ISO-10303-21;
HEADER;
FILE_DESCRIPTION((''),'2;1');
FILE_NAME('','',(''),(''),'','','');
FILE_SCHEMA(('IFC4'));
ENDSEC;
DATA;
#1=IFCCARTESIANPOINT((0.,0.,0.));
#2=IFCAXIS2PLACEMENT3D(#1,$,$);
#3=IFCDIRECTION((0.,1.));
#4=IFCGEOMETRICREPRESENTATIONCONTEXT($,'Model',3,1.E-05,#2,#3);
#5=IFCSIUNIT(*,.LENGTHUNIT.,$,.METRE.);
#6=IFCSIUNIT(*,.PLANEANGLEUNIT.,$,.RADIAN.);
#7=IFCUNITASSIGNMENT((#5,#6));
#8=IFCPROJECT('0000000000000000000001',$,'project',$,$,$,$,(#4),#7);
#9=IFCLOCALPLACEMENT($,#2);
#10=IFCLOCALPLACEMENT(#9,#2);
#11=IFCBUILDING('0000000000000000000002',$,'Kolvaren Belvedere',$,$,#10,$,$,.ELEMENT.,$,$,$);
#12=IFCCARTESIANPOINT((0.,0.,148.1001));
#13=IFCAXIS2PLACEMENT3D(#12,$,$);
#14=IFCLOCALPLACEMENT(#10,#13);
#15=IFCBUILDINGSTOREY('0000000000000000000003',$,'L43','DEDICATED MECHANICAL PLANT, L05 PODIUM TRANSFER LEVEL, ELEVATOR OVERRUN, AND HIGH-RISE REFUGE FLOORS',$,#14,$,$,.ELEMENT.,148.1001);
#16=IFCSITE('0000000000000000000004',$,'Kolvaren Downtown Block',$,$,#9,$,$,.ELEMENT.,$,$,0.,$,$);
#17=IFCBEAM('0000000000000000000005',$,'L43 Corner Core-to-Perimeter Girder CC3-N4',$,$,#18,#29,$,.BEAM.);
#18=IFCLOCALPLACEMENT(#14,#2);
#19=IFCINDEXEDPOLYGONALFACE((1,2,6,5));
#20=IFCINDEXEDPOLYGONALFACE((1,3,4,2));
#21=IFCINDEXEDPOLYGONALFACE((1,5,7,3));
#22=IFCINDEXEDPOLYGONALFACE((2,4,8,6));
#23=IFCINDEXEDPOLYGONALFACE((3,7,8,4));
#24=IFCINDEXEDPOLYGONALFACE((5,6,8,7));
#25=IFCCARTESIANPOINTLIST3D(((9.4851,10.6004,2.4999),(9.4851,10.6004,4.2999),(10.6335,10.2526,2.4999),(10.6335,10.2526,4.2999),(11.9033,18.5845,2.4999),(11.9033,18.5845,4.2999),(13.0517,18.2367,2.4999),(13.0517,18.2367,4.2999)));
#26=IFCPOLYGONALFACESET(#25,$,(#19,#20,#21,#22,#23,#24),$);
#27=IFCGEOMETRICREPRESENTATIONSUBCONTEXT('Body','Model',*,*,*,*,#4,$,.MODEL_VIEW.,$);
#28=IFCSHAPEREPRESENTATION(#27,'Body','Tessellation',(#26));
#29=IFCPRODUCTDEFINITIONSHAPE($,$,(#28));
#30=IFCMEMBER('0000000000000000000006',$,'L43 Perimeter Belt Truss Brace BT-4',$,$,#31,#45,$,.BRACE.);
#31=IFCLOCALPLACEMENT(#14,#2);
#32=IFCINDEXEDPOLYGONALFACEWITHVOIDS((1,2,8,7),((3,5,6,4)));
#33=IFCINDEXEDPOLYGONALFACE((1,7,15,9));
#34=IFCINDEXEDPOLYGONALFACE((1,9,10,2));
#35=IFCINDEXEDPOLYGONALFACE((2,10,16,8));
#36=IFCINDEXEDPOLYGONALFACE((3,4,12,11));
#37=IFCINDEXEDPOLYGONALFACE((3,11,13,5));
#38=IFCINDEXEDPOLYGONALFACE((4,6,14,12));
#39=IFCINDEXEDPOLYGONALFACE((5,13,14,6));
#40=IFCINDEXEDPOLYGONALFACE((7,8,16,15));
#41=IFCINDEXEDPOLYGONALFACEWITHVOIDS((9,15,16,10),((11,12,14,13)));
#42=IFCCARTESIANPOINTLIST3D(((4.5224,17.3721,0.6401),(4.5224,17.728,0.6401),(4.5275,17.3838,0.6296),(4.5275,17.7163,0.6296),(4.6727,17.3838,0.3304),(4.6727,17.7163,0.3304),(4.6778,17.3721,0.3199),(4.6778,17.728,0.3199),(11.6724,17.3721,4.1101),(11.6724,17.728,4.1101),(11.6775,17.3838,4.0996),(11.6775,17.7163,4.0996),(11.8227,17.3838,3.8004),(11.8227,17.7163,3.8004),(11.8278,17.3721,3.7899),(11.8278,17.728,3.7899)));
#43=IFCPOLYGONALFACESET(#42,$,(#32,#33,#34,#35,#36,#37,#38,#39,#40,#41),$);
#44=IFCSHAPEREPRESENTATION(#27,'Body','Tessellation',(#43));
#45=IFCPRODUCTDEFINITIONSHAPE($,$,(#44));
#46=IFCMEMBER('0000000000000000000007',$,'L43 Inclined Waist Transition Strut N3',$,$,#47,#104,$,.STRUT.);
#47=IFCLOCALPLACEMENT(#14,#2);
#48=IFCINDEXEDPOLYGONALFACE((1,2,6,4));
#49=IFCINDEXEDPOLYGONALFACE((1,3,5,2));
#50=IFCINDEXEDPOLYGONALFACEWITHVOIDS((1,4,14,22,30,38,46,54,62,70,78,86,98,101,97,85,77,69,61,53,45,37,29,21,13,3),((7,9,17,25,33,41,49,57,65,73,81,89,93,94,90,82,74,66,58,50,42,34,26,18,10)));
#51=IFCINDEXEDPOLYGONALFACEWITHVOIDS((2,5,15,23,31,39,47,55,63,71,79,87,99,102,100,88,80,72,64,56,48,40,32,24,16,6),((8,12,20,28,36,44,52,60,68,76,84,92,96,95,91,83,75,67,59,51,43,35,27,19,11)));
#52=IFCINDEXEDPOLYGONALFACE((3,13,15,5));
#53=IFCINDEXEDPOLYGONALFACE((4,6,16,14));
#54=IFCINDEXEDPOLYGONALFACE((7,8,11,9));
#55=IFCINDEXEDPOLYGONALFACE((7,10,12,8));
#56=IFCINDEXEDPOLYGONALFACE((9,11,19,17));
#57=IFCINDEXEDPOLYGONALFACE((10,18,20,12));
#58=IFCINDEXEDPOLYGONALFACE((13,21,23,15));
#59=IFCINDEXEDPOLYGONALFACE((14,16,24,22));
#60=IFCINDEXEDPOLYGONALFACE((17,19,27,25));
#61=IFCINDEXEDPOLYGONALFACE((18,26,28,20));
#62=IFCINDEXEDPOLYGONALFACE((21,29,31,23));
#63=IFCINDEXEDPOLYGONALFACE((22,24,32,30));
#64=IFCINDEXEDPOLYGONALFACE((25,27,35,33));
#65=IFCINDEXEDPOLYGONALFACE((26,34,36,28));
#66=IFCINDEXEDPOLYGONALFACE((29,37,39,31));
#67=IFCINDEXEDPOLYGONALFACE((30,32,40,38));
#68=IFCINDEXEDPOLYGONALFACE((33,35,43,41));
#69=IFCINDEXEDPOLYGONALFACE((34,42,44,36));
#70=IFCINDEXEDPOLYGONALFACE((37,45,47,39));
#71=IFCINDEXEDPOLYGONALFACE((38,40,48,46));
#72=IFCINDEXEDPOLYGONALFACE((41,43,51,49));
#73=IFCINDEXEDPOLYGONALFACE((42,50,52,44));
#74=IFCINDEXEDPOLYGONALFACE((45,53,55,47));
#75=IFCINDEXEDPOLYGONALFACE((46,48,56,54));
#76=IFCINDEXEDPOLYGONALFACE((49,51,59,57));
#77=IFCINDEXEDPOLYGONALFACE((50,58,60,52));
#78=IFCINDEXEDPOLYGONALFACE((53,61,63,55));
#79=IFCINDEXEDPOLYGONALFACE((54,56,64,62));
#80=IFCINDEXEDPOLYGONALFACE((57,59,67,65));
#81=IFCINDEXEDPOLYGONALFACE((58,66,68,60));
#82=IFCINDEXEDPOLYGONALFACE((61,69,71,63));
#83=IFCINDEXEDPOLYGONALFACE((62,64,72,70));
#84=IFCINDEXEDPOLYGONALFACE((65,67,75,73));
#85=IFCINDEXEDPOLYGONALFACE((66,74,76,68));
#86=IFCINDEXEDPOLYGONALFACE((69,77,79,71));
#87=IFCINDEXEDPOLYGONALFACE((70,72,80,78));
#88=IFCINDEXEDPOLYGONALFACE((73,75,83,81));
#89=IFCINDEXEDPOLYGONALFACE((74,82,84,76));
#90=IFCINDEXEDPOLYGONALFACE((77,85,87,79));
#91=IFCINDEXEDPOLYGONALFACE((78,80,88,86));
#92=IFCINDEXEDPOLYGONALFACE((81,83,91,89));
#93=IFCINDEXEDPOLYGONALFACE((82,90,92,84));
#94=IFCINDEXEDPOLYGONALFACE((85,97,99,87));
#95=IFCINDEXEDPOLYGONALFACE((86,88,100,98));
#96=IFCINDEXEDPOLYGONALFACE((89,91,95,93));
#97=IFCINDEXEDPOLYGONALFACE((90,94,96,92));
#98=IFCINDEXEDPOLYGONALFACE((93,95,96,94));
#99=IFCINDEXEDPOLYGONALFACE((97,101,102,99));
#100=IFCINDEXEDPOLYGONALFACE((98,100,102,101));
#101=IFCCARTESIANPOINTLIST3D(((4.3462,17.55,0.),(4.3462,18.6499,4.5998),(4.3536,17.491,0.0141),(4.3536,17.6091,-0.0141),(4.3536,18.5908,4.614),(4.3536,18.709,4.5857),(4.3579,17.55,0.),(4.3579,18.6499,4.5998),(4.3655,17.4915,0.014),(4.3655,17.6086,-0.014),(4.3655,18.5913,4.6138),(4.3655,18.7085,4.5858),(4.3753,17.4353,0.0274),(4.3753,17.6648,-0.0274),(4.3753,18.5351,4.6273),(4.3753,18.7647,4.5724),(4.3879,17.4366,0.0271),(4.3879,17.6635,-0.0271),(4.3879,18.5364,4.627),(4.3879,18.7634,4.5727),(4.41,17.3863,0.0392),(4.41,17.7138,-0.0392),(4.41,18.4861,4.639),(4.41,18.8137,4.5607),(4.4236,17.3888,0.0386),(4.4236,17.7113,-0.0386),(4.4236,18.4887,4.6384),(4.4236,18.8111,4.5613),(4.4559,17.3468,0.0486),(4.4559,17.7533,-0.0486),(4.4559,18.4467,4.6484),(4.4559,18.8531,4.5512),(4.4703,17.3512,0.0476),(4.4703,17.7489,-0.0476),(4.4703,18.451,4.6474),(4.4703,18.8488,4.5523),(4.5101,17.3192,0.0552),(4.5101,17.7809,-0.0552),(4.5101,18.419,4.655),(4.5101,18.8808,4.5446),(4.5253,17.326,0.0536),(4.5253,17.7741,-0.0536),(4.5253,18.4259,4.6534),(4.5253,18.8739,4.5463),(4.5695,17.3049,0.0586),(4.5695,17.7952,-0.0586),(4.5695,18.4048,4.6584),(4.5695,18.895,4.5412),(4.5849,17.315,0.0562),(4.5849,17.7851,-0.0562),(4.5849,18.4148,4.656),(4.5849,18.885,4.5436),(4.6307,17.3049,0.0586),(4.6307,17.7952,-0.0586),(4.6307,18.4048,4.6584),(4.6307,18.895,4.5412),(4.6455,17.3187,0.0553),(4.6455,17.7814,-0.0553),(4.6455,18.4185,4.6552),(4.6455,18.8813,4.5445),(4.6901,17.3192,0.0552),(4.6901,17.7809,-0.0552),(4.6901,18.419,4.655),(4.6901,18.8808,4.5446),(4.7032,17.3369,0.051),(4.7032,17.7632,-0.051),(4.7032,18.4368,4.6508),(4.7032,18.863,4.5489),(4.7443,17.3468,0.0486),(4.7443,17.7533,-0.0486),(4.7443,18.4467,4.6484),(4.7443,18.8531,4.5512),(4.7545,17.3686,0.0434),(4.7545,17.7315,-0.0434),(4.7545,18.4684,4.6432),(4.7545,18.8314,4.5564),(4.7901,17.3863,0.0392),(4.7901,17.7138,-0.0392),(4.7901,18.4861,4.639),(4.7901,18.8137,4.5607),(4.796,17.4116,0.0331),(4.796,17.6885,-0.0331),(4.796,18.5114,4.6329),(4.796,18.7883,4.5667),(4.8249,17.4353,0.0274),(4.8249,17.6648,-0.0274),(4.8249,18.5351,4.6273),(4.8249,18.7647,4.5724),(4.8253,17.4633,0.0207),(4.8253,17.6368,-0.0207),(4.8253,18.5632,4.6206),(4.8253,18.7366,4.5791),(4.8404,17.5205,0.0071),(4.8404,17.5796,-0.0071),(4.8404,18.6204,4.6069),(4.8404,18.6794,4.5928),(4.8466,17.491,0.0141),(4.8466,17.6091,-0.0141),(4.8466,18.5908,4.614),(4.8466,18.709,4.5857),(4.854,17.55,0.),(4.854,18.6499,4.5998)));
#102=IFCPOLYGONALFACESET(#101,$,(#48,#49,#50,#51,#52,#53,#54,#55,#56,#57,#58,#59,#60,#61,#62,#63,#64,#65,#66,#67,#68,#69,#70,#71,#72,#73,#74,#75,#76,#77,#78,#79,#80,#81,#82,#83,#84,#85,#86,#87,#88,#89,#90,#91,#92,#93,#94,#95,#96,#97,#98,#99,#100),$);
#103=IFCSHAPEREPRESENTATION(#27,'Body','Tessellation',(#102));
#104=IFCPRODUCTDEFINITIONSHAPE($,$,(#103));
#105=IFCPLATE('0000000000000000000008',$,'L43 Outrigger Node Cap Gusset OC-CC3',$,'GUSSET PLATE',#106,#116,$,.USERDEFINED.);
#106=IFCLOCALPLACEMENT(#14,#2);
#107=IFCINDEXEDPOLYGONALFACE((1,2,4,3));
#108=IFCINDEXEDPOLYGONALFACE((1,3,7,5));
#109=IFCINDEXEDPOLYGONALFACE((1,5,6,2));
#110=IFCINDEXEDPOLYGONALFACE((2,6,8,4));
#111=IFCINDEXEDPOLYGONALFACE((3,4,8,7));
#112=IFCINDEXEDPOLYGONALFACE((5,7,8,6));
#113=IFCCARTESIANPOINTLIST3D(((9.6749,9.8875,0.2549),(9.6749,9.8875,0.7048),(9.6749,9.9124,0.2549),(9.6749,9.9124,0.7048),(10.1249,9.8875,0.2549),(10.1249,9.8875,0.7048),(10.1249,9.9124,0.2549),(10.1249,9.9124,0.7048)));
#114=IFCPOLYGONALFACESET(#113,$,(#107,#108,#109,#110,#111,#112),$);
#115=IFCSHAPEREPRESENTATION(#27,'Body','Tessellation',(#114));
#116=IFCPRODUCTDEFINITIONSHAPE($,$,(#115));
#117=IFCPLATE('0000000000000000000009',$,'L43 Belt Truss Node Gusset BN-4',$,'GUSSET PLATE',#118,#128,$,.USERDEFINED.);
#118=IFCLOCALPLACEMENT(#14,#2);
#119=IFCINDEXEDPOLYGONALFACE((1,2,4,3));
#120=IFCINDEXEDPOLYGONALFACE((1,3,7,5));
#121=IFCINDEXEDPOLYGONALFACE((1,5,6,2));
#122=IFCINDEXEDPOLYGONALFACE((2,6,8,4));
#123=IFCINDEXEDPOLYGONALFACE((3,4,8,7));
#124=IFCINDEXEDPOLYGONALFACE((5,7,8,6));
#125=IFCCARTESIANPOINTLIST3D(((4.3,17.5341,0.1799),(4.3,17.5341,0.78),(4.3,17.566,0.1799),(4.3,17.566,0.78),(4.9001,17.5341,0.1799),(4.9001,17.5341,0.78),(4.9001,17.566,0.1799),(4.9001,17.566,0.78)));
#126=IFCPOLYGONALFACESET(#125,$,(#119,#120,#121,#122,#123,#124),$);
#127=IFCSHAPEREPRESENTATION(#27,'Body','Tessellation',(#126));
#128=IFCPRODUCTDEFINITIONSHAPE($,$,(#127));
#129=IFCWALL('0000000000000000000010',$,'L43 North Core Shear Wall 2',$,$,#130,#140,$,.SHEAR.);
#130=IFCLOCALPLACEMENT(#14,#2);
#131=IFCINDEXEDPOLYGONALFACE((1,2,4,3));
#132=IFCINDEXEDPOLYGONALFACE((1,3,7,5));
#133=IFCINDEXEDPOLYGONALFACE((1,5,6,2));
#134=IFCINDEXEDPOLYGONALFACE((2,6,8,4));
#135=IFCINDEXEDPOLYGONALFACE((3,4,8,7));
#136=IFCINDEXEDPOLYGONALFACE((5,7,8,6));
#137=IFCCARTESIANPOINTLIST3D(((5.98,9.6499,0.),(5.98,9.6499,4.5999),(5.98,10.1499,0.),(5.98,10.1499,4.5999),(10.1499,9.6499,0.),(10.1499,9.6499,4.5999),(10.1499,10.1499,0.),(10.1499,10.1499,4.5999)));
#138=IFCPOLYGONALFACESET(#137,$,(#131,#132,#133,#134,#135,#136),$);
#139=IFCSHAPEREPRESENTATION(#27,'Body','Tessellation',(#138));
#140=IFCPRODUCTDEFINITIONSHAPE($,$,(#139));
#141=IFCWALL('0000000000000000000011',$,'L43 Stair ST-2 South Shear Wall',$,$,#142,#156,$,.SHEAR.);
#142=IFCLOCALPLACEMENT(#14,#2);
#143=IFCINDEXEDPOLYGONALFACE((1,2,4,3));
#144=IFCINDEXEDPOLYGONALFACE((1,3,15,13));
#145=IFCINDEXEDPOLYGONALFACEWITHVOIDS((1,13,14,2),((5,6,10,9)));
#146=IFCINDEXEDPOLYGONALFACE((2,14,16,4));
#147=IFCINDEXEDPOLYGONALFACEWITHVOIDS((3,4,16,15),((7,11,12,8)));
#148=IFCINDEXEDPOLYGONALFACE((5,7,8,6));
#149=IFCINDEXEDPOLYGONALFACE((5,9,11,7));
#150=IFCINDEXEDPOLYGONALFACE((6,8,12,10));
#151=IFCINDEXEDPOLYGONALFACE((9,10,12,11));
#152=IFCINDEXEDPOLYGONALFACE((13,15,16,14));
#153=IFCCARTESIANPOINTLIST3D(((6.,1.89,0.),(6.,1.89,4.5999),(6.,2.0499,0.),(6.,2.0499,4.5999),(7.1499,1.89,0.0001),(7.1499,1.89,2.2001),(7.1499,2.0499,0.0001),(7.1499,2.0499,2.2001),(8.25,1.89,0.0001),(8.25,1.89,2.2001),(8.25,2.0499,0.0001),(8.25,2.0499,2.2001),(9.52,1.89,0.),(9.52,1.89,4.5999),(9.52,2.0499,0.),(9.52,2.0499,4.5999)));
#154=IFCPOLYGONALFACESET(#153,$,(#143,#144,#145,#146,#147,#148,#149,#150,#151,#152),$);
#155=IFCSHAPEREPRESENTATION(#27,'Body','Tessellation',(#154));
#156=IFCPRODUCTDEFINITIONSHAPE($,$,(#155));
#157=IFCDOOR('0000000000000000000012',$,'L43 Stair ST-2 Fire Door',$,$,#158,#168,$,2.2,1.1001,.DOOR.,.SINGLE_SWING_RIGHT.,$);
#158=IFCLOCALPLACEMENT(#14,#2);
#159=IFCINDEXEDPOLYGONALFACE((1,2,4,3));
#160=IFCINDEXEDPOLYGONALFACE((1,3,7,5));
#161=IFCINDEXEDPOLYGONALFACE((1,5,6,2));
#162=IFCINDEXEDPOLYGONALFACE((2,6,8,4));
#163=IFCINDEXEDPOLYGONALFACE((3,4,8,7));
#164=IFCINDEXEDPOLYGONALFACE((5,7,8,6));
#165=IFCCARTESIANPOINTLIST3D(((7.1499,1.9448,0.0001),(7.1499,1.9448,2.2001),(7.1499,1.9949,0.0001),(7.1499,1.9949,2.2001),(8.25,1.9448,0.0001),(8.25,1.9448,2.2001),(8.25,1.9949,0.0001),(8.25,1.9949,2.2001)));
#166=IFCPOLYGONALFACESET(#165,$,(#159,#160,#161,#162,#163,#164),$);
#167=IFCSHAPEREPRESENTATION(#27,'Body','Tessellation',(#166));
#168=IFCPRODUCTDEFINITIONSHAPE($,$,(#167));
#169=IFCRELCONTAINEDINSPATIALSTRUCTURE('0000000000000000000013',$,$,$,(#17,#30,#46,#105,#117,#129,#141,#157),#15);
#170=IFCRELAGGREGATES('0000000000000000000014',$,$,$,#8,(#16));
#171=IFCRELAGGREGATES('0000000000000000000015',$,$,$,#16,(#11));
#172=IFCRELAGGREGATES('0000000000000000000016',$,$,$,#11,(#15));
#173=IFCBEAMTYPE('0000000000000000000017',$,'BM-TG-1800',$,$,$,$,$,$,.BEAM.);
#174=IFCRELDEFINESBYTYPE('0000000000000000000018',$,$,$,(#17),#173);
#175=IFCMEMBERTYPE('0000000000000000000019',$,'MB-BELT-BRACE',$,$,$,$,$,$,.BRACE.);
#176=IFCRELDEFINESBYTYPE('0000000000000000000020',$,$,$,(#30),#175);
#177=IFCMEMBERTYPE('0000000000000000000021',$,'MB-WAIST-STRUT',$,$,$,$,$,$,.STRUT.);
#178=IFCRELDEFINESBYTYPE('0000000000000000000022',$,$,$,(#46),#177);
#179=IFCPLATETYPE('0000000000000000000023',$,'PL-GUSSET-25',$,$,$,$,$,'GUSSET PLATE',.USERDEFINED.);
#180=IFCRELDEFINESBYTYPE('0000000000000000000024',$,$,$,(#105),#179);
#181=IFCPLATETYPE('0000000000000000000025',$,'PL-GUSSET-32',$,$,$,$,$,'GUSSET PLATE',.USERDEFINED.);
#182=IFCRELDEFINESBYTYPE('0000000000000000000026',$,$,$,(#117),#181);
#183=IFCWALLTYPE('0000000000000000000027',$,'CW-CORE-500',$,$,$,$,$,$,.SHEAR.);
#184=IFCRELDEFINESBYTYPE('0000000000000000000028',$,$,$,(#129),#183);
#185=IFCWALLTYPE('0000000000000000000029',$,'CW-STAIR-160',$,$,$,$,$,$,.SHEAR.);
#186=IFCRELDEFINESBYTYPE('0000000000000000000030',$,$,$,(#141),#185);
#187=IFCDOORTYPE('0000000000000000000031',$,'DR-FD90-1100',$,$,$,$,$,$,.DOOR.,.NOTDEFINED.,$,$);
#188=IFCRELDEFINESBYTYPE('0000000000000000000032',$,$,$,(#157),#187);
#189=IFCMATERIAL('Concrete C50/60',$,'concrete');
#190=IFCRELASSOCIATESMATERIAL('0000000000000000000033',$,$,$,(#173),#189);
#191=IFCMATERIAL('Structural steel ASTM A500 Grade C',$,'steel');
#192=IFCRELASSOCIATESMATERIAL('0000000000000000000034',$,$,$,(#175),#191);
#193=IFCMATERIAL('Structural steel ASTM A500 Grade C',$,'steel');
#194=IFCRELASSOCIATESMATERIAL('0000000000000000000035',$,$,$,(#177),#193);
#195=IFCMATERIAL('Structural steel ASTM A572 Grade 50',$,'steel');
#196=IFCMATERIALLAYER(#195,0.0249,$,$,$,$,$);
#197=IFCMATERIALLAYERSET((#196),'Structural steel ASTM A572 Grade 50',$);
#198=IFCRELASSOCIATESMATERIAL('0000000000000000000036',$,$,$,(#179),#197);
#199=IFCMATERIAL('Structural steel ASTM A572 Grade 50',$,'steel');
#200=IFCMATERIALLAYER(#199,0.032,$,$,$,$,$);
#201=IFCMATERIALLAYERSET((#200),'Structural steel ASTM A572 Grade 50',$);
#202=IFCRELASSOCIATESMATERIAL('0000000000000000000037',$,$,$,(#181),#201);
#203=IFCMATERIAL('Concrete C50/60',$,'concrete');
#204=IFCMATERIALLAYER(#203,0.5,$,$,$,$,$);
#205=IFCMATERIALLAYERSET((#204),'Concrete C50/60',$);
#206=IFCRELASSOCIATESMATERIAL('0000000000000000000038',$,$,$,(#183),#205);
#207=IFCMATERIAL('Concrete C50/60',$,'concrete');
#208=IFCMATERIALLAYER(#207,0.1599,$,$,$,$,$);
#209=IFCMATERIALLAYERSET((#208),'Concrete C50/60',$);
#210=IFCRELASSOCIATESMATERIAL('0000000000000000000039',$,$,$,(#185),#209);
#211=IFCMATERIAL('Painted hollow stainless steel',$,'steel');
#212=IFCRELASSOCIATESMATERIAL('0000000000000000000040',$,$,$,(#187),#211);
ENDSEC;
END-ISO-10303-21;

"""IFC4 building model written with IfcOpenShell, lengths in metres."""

from ifc_helpers import new_model, si_unit, direction, frame, frame_2d, origin, origin_2d, place, context, subcontext, project, spatial, rectangle, hollow_rectangle, hollow_circle, extrude, material, layer, layer_set, material_profile, profile_set, type_object, element, fill, save


model = new_model("IFC4")

# Units and contexts
model_context = context("Model", 3, precision=1e-05, world=origin(), true_north=direction((0.0, 1.0)))
body_context = subcontext(model_context, "Body", "Model", "MODEL_VIEW")
ifc_project = project(units=[si_unit("LENGTHUNIT", "METRE"), si_unit("PLANEANGLEUNIT", "RADIAN")], contexts=[model_context])

# Site, building, storey
site_placement = place(None, origin())
site = spatial("IfcSite", under=ifc_project, at=site_placement, Name="Kolvaren Downtown Block", CompositionType="ELEMENT", RefElevation=0.0)
building_placement = place(site_placement, origin())
building = spatial("IfcBuilding", under=site, at=building_placement, Name="Kolvaren Belvedere", CompositionType="ELEMENT")
storey_placement = place(building_placement, frame((0.0, 0.0, 148.1001)))
storey = spatial("IfcBuildingStorey", under=building, at=storey_placement, Name="L43", Description="DEDICATED MECHANICAL PLANT, L05 PODIUM TRANSFER LEVEL, ELEVATOR OVERRUN, AND HIGH-RISE REFUGE FLOORS", CompositionType="ELEMENT", Elevation=148.1001)

# Beam
ifc_material_1 = material(Name="Concrete C50/60", Category="concrete")
ifc_material_profile_1 = material_profile(ifc_material_1, rectangle(XDim=1.2, YDim=1.8, at=origin_2d()), Name="RC 1200X1800")
ifc_profile_set_1 = profile_set([ifc_material_profile_1], Name="Concrete C50/60")
beam_type_1 = type_object("IfcBeamType", Name="BM-TG-1800", PredefinedType="BEAM", material=ifc_profile_set_1)
beam_1_placement = place(storey_placement, frame((10.0593, 10.4265, 3.3999), z_axis=(0.289873, 0.957065, 0.0), x_axis=(-0.957065, 0.289873, 0.0)))
element("IfcBeam", 1, at=beam_1_placement, inside=storey, type_object=beam_type_1, Name="L43 Corner Core-to-Perimeter Girder CC3-N4", PredefinedType="BEAM", context=body_context, shape_type="SweptSolid", body=[
    extrude(rectangle(XDim=1.2, YDim=1.8, at=origin_2d()), origin(), (0.0, 0.0, 1.0), 8.3423),
])

# Members
ifc_material_2 = material(Name="Structural steel ASTM A500 Grade C", Category="steel")
ifc_material_profile_2 = material_profile(ifc_material_2, hollow_rectangle(XDim=0.356, YDim=0.356, WallThickness=0.0117, at=origin_2d()), Name="HSS14X14X1/2")
ifc_profile_set_2 = profile_set([ifc_material_profile_2], Name="Structural steel ASTM A500 Grade C")
member_type_1 = type_object("IfcMemberType", Name="MB-BELT-BRACE", PredefinedType="BRACE", material=ifc_profile_set_2)
member_1_placement = place(storey_placement, frame((4.6001, 17.55, 0.48), z_axis=(0.899649, 0.0, 0.436615), x_axis=(0.0, 1.0, 0.0)))
element("IfcMember", 2, at=member_1_placement, inside=storey, type_object=member_type_1, Name="L43 Perimeter Belt Truss Brace BT-4", PredefinedType="BRACE", context=body_context, shape_type="SweptSolid", body=[
    extrude(hollow_rectangle(XDim=0.356, YDim=0.356, WallThickness=0.0117, at=origin_2d()), origin(), (0.0, 0.0, 1.0), 7.9475),
])
ifc_material_3 = material(Name="Structural steel ASTM A500 Grade C", Category="steel")
ifc_material_profile_3 = material_profile(ifc_material_3, hollow_circle(Radius=0.2539, WallThickness=0.0117, at=origin_2d()), Name="HSS20.000X0.500")
ifc_profile_set_3 = profile_set([ifc_material_profile_3], Name="Structural steel ASTM A500 Grade C")
member_type_2 = type_object("IfcMemberType", Name="MB-WAIST-STRUT", PredefinedType="STRUT", material=ifc_profile_set_3)
member_2_placement = place(storey_placement, frame((4.6001, 17.55, 0.0), z_axis=(0.0, 0.232551, 0.972584), x_axis=(-1.0, 0.0, 0.0)))
element("IfcMember", 3, at=member_2_placement, inside=storey, type_object=member_type_2, Name="L43 Inclined Waist Transition Strut N3", PredefinedType="STRUT", context=body_context, shape_type="SweptSolid", body=[
    extrude(hollow_circle(Radius=0.2539, WallThickness=0.0117, at=origin_2d()), origin(), (0.0, 0.0, 1.0), 4.7295),
])

# Plates
ifc_material_4 = material(Name="Structural steel ASTM A572 Grade 50", Category="steel")
ifc_layer_1 = layer(ifc_material_4, 0.0249)
ifc_layer_set_1 = layer_set([ifc_layer_1], Name="Structural steel ASTM A572 Grade 50")
plate_type_1 = type_object("IfcPlateType", Name="PL-GUSSET-25", ElementType="GUSSET PLATE", PredefinedType="USERDEFINED", material=ifc_layer_set_1)
plate_1_placement = place(storey_placement, frame((9.8999, 9.8999, 0.2549), z_axis=(0.0, 0.0, 1.0), x_axis=(1.0, 0.0, 0.0)))
element("IfcPlate", 4, at=plate_1_placement, inside=storey, type_object=plate_type_1, Name="L43 Outrigger Node Cap Gusset OC-CC3", ObjectType="GUSSET PLATE", PredefinedType="USERDEFINED", context=body_context, shape_type="SweptSolid", body=[
    extrude(rectangle(XDim=0.45, YDim=0.0249, at=origin_2d()), origin(), (0.0, 0.0, 1.0), 0.45),
])
ifc_material_5 = material(Name="Structural steel ASTM A572 Grade 50", Category="steel")
ifc_layer_2 = layer(ifc_material_5, 0.032)
ifc_layer_set_2 = layer_set([ifc_layer_2], Name="Structural steel ASTM A572 Grade 50")
plate_type_2 = type_object("IfcPlateType", Name="PL-GUSSET-32", ElementType="GUSSET PLATE", PredefinedType="USERDEFINED", material=ifc_layer_set_2)
plate_2_placement = place(storey_placement, frame((4.6001, 17.55, 0.1799), z_axis=(0.0, 0.0, 1.0), x_axis=(1.0, 0.0, 0.0)))
element("IfcPlate", 5, at=plate_2_placement, inside=storey, type_object=plate_type_2, Name="L43 Belt Truss Node Gusset BN-4", ObjectType="GUSSET PLATE", PredefinedType="USERDEFINED", context=body_context, shape_type="SweptSolid", body=[
    extrude(rectangle(XDim=0.6001, YDim=0.032, at=origin_2d()), origin(), (0.0, 0.0, 1.0), 0.6001),
])

# Wall
ifc_material_6 = material(Name="Concrete C50/60", Category="concrete")
ifc_layer_3 = layer(ifc_material_6, 0.5)
ifc_layer_set_3 = layer_set([ifc_layer_3], Name="Concrete C50/60")
wall_type_1 = type_object("IfcWallType", Name="CW-CORE-500", PredefinedType="SHEAR", material=ifc_layer_set_3)
wall_1_placement = place(storey_placement, frame((5.98, 9.8999, 0.0), z_axis=(0.0, 0.0, 1.0), x_axis=(1.0, 0.0, 0.0)))
element("IfcWall", 6, at=wall_1_placement, inside=storey, type_object=wall_type_1, Name="L43 North Core Shear Wall 2", PredefinedType="SHEAR", context=body_context, shape_type="SweptSolid", body=[
    extrude(rectangle(XDim=4.1699, YDim=0.5, at=frame_2d((2.085, 0.0))), origin(), (0.0, 0.0, 1.0), 4.5999),
])

# Wall, opening, door
ifc_material_7 = material(Name="Concrete C50/60", Category="concrete")
ifc_layer_4 = layer(ifc_material_7, 0.1599)
ifc_layer_set_4 = layer_set([ifc_layer_4], Name="Concrete C50/60")
wall_type_2 = type_object("IfcWallType", Name="CW-STAIR-160", PredefinedType="SHEAR", material=ifc_layer_set_4)
wall_2_placement = place(storey_placement, frame((6.0, 1.97, 0.0), z_axis=(0.0, 0.0, 1.0), x_axis=(1.0, 0.0, 0.0)))
wall_2 = element("IfcWall", 7, at=wall_2_placement, inside=storey, type_object=wall_type_2, Name="L43 Stair ST-2 South Shear Wall", PredefinedType="SHEAR", context=body_context, shape_type="SweptSolid", body=[
    extrude(rectangle(XDim=3.52, YDim=0.1599, at=frame_2d((1.76, 0.0))), origin(), (0.0, 0.0, 1.0), 4.5999),
])
opening_1_placement = place(wall_2_placement, frame((1.1499, 0.0, 0.0)))
opening_1 = element("IfcOpeningElement", 8, at=opening_1_placement, cuts=wall_2, PredefinedType="OPENING", context=body_context, shape_type="SweptSolid", body=[
    extrude(rectangle(XDim=1.1001, YDim=2.2, at=frame_2d((0.55, 1.1001))), frame((0.0, 0.0898, 0.0), z_axis=(0.0, -1.0, 0.0), x_axis=(1.0, 0.0, 0.0)), (0.0, 0.0, 1.0), 0.1799),
])
ifc_material_8 = material(Name="Painted hollow stainless steel", Category="steel")
door_type_1 = type_object("IfcDoorType", Name="DR-FD90-1100", OperationType="NOTDEFINED", PredefinedType="DOOR", material=ifc_material_8)
door_1_placement = place(opening_1_placement, origin())
door_1 = element("IfcDoor", 9, at=door_1_placement, inside=storey, type_object=door_type_1, Name="L43 Stair ST-2 Fire Door", OperationType="SINGLE_SWING_RIGHT", OverallHeight=2.2, OverallWidth=1.1001, PredefinedType="DOOR", context=body_context, shape_type="SweptSolid", body=[
    extrude(rectangle(XDim=1.1001, YDim=2.2, at=frame_2d((0.55, 1.1001))), frame((0.0, 0.0249, 0.0), z_axis=(0.0, -1.0, 0.0), x_axis=(1.0, 0.0, 0.0)), (0.0, 0.0, 1.0), 0.05),
])
fill(opening_1, door_1)

save(model, "model.ifc")
